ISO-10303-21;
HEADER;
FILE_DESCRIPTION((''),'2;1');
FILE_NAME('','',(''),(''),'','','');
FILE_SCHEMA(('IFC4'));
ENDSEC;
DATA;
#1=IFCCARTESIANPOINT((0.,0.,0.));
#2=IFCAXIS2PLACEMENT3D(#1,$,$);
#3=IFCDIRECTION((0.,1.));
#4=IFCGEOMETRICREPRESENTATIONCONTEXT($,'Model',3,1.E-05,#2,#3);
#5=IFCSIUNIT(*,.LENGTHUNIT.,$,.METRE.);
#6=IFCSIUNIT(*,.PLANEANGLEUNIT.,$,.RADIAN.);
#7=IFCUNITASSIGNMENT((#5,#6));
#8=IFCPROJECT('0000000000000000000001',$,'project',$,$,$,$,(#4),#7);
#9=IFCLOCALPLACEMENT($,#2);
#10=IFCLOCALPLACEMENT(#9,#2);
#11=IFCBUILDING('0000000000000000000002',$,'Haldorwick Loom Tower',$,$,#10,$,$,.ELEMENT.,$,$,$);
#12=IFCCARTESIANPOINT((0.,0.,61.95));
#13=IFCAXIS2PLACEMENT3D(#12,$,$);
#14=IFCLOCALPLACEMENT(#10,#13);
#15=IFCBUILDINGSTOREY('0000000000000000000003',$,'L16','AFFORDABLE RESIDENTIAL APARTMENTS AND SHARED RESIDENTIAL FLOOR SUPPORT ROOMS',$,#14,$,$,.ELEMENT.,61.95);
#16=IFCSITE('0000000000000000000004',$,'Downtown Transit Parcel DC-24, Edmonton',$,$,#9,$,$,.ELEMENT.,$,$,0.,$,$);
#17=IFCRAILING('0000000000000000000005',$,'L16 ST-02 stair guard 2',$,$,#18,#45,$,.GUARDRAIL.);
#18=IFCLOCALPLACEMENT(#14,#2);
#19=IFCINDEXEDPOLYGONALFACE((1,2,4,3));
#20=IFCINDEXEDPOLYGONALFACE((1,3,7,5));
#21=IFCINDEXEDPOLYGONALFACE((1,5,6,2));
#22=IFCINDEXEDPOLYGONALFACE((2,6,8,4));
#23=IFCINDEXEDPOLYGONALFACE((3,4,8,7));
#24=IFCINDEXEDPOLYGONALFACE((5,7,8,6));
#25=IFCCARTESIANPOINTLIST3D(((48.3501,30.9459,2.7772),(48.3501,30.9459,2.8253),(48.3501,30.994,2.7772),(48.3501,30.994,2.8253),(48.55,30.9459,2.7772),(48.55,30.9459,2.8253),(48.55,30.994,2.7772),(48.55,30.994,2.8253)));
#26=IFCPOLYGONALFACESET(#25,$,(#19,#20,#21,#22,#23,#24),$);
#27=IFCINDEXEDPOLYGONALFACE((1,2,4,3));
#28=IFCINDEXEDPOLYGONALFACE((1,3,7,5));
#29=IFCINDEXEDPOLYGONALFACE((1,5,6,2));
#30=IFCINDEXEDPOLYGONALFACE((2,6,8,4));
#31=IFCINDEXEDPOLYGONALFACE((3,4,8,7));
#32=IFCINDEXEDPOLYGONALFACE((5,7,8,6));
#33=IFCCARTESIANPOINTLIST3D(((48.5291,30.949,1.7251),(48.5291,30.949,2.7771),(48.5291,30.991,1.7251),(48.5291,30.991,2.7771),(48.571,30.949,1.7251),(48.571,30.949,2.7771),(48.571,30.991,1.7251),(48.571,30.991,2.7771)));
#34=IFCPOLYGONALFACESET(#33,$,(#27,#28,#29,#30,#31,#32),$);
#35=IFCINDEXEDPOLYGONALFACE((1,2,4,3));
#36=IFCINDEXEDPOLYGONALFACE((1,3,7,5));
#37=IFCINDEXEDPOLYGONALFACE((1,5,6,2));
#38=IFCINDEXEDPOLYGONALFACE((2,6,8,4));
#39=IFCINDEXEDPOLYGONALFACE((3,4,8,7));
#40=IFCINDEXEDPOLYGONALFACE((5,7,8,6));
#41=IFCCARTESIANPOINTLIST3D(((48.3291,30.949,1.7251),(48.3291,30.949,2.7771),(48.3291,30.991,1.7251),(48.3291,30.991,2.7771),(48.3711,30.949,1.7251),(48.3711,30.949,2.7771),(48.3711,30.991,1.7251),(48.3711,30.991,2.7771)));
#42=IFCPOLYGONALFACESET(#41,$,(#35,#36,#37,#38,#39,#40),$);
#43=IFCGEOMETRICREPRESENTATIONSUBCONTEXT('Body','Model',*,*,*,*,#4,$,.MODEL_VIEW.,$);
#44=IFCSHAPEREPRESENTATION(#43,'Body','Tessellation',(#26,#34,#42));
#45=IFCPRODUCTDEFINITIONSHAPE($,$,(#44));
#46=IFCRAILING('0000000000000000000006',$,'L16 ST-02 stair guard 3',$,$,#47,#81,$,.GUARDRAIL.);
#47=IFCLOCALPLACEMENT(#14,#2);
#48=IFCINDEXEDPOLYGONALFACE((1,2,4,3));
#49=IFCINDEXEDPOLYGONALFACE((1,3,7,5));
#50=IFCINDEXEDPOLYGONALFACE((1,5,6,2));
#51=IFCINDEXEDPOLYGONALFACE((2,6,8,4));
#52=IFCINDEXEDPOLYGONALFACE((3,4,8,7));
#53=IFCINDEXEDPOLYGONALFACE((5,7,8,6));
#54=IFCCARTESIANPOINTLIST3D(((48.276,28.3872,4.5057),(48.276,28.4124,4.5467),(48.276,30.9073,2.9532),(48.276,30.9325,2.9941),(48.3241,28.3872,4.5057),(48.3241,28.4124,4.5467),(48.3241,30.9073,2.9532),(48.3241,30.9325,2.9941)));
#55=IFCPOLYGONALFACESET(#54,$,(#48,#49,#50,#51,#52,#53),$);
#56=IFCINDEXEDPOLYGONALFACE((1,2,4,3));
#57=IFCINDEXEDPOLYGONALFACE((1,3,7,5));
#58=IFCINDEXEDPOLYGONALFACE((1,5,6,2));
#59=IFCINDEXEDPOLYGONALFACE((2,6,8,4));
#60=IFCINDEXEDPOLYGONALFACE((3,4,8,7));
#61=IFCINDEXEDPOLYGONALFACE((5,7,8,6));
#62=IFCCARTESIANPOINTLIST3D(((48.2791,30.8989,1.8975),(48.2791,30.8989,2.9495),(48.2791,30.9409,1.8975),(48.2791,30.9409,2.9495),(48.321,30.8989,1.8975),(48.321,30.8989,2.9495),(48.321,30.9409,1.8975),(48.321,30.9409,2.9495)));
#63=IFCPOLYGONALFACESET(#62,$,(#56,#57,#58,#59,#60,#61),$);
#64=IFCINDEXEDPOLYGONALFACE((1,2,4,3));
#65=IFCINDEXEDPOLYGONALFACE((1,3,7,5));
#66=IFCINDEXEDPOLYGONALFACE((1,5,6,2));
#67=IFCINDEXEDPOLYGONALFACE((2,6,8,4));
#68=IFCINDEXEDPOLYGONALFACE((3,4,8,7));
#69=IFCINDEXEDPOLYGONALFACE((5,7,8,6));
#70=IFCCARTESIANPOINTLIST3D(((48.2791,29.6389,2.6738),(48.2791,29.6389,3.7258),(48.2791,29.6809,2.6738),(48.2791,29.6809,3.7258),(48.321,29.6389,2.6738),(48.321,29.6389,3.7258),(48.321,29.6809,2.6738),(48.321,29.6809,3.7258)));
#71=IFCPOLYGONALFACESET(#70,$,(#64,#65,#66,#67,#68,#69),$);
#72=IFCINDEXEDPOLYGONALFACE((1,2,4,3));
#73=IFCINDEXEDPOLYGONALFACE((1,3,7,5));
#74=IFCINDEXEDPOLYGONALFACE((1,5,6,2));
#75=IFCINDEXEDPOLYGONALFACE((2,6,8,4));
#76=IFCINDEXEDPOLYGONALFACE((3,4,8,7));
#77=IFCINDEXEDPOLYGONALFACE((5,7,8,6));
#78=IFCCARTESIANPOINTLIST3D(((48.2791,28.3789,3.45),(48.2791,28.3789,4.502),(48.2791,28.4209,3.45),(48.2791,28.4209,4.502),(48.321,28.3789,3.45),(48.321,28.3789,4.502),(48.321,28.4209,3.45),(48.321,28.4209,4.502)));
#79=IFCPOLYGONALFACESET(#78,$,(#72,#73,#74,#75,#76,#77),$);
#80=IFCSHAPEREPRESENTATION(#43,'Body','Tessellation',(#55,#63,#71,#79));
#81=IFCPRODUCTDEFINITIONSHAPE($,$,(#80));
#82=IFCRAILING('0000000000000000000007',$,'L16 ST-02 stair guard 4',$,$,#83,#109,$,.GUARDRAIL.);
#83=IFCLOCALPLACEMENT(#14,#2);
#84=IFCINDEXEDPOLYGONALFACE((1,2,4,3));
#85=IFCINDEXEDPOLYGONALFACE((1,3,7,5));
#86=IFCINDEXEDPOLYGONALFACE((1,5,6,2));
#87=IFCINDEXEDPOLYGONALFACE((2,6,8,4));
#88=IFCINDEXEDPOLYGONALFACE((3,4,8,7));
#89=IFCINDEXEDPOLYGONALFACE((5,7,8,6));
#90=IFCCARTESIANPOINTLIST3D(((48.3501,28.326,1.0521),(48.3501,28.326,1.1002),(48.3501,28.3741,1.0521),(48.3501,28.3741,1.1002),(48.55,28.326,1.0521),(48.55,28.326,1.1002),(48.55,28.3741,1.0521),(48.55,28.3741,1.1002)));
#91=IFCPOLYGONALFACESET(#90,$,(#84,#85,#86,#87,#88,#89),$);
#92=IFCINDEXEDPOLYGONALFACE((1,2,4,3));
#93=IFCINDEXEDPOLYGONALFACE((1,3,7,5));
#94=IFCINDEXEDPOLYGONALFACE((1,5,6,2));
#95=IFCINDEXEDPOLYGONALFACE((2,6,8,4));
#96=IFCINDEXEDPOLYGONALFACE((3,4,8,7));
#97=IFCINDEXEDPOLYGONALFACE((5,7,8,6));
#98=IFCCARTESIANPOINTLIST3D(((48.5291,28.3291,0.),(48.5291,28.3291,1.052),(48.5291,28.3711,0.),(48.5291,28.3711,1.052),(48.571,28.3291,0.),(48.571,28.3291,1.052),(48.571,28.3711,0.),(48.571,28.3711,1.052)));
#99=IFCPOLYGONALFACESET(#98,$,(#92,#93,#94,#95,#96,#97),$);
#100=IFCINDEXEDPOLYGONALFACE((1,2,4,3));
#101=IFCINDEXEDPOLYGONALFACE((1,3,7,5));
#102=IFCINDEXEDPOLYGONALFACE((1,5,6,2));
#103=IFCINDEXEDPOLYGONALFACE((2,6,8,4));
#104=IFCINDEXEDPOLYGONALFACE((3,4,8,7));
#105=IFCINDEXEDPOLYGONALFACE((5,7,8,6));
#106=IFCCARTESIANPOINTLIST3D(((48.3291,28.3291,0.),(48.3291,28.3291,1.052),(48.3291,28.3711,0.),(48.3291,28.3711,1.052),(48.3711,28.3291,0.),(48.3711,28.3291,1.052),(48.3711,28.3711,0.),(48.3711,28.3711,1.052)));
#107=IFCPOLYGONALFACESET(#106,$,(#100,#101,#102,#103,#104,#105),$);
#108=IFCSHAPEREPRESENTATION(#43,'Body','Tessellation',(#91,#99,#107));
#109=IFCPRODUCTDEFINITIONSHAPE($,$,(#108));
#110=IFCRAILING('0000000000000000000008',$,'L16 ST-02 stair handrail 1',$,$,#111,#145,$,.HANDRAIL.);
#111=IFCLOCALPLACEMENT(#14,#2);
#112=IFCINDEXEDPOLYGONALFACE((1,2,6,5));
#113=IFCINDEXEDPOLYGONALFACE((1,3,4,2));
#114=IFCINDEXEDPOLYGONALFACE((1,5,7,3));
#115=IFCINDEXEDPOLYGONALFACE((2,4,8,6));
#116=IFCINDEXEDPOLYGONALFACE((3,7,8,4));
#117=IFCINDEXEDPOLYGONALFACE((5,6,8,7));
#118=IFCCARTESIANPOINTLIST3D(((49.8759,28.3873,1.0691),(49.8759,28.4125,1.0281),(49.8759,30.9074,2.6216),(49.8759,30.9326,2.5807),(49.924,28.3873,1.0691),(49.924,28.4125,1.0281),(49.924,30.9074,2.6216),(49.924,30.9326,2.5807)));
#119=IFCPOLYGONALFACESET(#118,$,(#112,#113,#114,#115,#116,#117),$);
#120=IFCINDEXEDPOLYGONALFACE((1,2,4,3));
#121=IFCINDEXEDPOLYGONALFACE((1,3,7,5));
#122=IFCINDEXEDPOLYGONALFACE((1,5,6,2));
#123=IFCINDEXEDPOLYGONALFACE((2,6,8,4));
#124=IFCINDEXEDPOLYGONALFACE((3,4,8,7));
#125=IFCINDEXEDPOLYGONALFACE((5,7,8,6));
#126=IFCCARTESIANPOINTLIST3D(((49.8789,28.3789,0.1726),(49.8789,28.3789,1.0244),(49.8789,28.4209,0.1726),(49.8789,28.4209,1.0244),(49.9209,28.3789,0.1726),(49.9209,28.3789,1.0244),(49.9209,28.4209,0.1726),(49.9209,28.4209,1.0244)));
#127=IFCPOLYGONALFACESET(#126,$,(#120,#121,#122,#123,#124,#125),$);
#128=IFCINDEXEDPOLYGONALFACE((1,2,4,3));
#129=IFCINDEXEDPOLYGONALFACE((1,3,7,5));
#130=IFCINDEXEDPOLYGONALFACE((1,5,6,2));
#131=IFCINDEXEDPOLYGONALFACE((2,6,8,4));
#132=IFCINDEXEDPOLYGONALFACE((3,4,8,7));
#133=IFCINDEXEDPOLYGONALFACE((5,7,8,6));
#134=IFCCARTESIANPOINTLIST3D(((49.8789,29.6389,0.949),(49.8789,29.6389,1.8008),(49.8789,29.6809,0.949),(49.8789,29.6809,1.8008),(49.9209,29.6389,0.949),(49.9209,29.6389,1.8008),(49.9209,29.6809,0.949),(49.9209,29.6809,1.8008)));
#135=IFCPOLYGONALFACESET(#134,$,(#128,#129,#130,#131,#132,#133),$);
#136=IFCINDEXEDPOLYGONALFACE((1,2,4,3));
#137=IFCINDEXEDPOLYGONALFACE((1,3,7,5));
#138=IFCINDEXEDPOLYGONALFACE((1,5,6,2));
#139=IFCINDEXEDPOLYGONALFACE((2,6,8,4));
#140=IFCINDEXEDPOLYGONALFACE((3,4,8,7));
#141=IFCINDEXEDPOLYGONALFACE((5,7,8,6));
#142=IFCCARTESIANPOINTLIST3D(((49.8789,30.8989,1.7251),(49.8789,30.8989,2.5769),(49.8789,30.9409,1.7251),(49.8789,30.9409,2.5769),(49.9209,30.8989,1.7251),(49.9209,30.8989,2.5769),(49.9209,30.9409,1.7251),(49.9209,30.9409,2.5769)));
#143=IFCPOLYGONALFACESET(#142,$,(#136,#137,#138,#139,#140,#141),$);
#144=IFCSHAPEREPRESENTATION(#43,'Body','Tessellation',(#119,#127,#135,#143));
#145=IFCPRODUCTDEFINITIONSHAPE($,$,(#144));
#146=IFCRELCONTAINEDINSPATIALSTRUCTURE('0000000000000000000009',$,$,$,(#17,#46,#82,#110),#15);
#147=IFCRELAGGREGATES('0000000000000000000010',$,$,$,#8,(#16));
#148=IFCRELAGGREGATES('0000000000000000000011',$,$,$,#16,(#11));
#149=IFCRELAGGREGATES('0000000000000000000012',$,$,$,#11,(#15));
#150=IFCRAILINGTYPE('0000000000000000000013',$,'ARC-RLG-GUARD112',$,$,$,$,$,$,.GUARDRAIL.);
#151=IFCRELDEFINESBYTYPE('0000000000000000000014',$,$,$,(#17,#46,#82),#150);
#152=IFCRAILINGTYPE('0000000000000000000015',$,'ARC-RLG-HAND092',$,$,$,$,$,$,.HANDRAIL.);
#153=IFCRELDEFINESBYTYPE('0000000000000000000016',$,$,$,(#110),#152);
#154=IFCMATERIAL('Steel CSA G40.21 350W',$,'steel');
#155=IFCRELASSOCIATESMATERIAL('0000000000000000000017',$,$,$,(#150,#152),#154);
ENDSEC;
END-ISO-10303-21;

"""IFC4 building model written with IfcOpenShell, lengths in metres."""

from ifc_helpers import new_model, si_unit, direction, frame, origin, origin_2d, place, context, subcontext, project, spatial, rectangle, extrude, material, type_object, element, save


model = new_model("IFC4")

# Units and contexts
model_context = context("Model", 3, precision=1e-05, world=origin(), true_north=direction((0.0, 1.0)))
body_context = subcontext(model_context, "Body", "Model", "MODEL_VIEW")
ifc_project = project(units=[si_unit("LENGTHUNIT", "METRE"), si_unit("PLANEANGLEUNIT", "RADIAN")], contexts=[model_context])

# Site, building, storey
site_placement = place(None, origin())
site = spatial("IfcSite", under=ifc_project, at=site_placement, Name="Downtown Transit Parcel DC-24, Edmonton", CompositionType="ELEMENT", RefElevation=0.0)
building_placement = place(site_placement, origin())
building = spatial("IfcBuilding", under=site, at=building_placement, Name="Haldorwick Loom Tower", CompositionType="ELEMENT")
storey_placement = place(building_placement, frame((0.0, 0.0, 61.95)))
storey = spatial("IfcBuildingStorey", under=building, at=storey_placement, Name="L16", Description="AFFORDABLE RESIDENTIAL APARTMENTS AND SHARED RESIDENTIAL FLOOR SUPPORT ROOMS", CompositionType="ELEMENT", Elevation=61.95)

# Shared definitions
ifc_material_1 = material(Name="Steel CSA G40.21 350W", Category="steel")

# Railings
railing_type_1 = type_object("IfcRailingType", Name="ARC-RLG-GUARD112", PredefinedType="GUARDRAIL", material=ifc_material_1)
railing_1_placement = place(storey_placement, frame((48.55, 30.97, 1.7251)))
element("IfcRailing", 1, at=railing_1_placement, inside=storey, type_object=railing_type_1, Name="L16 ST-02 stair guard 2", PredefinedType="GUARDRAIL", context=body_context, shape_type="SweptSolid", body=[
    extrude(rectangle(XDim=0.0481, YDim=0.0481, at=origin_2d()), frame((0.0, 0.0, 1.0762), z_axis=(-1.0, 0.0, 0.0), x_axis=(0.0, -1.0, 0.0)), (0.0, 0.0, 1.0), 0.2),
    extrude(rectangle(XDim=0.042, YDim=0.042, at=origin_2d()), origin(), (0.0, 0.0, 1.0), 1.052),
    extrude(rectangle(XDim=0.042, YDim=0.042, at=origin_2d()), frame((-0.2, 0.0, 0.0)), (0.0, 0.0, 1.0), 1.052),
])
railing_2_placement = place(storey_placement, frame((48.3, 30.9199, 1.8975)))
element("IfcRailing", 2, at=railing_2_placement, inside=storey, type_object=railing_type_1, Name="L16 ST-02 stair guard 3", PredefinedType="GUARDRAIL", context=body_context, shape_type="SweptSolid", body=[
    extrude(rectangle(XDim=0.0481, YDim=0.0481, at=origin_2d()), frame((0.0, 0.0, 1.0762), z_axis=(0.0, -0.8514, 0.524516), x_axis=(1.0, 0.0, 0.0)), (0.0, 0.0, 1.0), 2.96),
    extrude(rectangle(XDim=0.042, YDim=0.042, at=origin_2d()), origin(), (0.0, 0.0, 1.0), 1.052),
    extrude(rectangle(XDim=0.042, YDim=0.042, at=origin_2d()), frame((0.0, -1.26, 0.7764)), (0.0, 0.0, 1.0), 1.052),
    extrude(rectangle(XDim=0.042, YDim=0.042, at=origin_2d()), frame((0.0, -2.52, 1.5525)), (0.0, 0.0, 1.0), 1.052),
])
railing_3_placement = place(storey_placement, frame((48.55, 28.3501, 0.0)))
element("IfcRailing", 3, at=railing_3_placement, inside=storey, type_object=railing_type_1, Name="L16 ST-02 stair guard 4", PredefinedType="GUARDRAIL", context=body_context, shape_type="SweptSolid", body=[
    extrude(rectangle(XDim=0.0481, YDim=0.0481, at=origin_2d()), frame((0.0, 0.0, 1.0762), z_axis=(-1.0, 0.0, 0.0), x_axis=(0.0, -1.0, 0.0)), (0.0, 0.0, 1.0), 0.2),
    extrude(rectangle(XDim=0.042, YDim=0.042, at=origin_2d()), origin(), (0.0, 0.0, 1.0), 1.052),
    extrude(rectangle(XDim=0.042, YDim=0.042, at=origin_2d()), frame((-0.2, 0.0, 0.0)), (0.0, 0.0, 1.0), 1.052),
])
railing_type_2 = type_object("IfcRailingType", Name="ARC-RLG-HAND092", PredefinedType="HANDRAIL", material=ifc_material_1)
railing_4_placement = place(storey_placement, frame((49.8999, 28.3999, 0.1726)))
element("IfcRailing", 4, at=railing_4_placement, inside=storey, type_object=railing_type_2, Name="L16 ST-02 stair handrail 1", PredefinedType="HANDRAIL", context=body_context, shape_type="SweptSolid", body=[
    extrude(rectangle(XDim=0.0481, YDim=0.0481, at=origin_2d()), frame((0.0, 0.0, 0.876), z_axis=(0.0, 0.8514, 0.524516), x_axis=(-1.0, 0.0, 0.0)), (0.0, 0.0, 1.0), 2.96),
    extrude(rectangle(XDim=0.042, YDim=0.042, at=origin_2d()), origin(), (0.0, 0.0, 1.0), 0.8518),
    extrude(rectangle(XDim=0.042, YDim=0.042, at=origin_2d()), frame((0.0, 1.26, 0.7764)), (0.0, 0.0, 1.0), 0.8518),
    extrude(rectangle(XDim=0.042, YDim=0.042, at=origin_2d()), frame((0.0, 2.52, 1.5525)), (0.0, 0.0, 1.0), 0.8518),
])

save(model, "model.ifc")
